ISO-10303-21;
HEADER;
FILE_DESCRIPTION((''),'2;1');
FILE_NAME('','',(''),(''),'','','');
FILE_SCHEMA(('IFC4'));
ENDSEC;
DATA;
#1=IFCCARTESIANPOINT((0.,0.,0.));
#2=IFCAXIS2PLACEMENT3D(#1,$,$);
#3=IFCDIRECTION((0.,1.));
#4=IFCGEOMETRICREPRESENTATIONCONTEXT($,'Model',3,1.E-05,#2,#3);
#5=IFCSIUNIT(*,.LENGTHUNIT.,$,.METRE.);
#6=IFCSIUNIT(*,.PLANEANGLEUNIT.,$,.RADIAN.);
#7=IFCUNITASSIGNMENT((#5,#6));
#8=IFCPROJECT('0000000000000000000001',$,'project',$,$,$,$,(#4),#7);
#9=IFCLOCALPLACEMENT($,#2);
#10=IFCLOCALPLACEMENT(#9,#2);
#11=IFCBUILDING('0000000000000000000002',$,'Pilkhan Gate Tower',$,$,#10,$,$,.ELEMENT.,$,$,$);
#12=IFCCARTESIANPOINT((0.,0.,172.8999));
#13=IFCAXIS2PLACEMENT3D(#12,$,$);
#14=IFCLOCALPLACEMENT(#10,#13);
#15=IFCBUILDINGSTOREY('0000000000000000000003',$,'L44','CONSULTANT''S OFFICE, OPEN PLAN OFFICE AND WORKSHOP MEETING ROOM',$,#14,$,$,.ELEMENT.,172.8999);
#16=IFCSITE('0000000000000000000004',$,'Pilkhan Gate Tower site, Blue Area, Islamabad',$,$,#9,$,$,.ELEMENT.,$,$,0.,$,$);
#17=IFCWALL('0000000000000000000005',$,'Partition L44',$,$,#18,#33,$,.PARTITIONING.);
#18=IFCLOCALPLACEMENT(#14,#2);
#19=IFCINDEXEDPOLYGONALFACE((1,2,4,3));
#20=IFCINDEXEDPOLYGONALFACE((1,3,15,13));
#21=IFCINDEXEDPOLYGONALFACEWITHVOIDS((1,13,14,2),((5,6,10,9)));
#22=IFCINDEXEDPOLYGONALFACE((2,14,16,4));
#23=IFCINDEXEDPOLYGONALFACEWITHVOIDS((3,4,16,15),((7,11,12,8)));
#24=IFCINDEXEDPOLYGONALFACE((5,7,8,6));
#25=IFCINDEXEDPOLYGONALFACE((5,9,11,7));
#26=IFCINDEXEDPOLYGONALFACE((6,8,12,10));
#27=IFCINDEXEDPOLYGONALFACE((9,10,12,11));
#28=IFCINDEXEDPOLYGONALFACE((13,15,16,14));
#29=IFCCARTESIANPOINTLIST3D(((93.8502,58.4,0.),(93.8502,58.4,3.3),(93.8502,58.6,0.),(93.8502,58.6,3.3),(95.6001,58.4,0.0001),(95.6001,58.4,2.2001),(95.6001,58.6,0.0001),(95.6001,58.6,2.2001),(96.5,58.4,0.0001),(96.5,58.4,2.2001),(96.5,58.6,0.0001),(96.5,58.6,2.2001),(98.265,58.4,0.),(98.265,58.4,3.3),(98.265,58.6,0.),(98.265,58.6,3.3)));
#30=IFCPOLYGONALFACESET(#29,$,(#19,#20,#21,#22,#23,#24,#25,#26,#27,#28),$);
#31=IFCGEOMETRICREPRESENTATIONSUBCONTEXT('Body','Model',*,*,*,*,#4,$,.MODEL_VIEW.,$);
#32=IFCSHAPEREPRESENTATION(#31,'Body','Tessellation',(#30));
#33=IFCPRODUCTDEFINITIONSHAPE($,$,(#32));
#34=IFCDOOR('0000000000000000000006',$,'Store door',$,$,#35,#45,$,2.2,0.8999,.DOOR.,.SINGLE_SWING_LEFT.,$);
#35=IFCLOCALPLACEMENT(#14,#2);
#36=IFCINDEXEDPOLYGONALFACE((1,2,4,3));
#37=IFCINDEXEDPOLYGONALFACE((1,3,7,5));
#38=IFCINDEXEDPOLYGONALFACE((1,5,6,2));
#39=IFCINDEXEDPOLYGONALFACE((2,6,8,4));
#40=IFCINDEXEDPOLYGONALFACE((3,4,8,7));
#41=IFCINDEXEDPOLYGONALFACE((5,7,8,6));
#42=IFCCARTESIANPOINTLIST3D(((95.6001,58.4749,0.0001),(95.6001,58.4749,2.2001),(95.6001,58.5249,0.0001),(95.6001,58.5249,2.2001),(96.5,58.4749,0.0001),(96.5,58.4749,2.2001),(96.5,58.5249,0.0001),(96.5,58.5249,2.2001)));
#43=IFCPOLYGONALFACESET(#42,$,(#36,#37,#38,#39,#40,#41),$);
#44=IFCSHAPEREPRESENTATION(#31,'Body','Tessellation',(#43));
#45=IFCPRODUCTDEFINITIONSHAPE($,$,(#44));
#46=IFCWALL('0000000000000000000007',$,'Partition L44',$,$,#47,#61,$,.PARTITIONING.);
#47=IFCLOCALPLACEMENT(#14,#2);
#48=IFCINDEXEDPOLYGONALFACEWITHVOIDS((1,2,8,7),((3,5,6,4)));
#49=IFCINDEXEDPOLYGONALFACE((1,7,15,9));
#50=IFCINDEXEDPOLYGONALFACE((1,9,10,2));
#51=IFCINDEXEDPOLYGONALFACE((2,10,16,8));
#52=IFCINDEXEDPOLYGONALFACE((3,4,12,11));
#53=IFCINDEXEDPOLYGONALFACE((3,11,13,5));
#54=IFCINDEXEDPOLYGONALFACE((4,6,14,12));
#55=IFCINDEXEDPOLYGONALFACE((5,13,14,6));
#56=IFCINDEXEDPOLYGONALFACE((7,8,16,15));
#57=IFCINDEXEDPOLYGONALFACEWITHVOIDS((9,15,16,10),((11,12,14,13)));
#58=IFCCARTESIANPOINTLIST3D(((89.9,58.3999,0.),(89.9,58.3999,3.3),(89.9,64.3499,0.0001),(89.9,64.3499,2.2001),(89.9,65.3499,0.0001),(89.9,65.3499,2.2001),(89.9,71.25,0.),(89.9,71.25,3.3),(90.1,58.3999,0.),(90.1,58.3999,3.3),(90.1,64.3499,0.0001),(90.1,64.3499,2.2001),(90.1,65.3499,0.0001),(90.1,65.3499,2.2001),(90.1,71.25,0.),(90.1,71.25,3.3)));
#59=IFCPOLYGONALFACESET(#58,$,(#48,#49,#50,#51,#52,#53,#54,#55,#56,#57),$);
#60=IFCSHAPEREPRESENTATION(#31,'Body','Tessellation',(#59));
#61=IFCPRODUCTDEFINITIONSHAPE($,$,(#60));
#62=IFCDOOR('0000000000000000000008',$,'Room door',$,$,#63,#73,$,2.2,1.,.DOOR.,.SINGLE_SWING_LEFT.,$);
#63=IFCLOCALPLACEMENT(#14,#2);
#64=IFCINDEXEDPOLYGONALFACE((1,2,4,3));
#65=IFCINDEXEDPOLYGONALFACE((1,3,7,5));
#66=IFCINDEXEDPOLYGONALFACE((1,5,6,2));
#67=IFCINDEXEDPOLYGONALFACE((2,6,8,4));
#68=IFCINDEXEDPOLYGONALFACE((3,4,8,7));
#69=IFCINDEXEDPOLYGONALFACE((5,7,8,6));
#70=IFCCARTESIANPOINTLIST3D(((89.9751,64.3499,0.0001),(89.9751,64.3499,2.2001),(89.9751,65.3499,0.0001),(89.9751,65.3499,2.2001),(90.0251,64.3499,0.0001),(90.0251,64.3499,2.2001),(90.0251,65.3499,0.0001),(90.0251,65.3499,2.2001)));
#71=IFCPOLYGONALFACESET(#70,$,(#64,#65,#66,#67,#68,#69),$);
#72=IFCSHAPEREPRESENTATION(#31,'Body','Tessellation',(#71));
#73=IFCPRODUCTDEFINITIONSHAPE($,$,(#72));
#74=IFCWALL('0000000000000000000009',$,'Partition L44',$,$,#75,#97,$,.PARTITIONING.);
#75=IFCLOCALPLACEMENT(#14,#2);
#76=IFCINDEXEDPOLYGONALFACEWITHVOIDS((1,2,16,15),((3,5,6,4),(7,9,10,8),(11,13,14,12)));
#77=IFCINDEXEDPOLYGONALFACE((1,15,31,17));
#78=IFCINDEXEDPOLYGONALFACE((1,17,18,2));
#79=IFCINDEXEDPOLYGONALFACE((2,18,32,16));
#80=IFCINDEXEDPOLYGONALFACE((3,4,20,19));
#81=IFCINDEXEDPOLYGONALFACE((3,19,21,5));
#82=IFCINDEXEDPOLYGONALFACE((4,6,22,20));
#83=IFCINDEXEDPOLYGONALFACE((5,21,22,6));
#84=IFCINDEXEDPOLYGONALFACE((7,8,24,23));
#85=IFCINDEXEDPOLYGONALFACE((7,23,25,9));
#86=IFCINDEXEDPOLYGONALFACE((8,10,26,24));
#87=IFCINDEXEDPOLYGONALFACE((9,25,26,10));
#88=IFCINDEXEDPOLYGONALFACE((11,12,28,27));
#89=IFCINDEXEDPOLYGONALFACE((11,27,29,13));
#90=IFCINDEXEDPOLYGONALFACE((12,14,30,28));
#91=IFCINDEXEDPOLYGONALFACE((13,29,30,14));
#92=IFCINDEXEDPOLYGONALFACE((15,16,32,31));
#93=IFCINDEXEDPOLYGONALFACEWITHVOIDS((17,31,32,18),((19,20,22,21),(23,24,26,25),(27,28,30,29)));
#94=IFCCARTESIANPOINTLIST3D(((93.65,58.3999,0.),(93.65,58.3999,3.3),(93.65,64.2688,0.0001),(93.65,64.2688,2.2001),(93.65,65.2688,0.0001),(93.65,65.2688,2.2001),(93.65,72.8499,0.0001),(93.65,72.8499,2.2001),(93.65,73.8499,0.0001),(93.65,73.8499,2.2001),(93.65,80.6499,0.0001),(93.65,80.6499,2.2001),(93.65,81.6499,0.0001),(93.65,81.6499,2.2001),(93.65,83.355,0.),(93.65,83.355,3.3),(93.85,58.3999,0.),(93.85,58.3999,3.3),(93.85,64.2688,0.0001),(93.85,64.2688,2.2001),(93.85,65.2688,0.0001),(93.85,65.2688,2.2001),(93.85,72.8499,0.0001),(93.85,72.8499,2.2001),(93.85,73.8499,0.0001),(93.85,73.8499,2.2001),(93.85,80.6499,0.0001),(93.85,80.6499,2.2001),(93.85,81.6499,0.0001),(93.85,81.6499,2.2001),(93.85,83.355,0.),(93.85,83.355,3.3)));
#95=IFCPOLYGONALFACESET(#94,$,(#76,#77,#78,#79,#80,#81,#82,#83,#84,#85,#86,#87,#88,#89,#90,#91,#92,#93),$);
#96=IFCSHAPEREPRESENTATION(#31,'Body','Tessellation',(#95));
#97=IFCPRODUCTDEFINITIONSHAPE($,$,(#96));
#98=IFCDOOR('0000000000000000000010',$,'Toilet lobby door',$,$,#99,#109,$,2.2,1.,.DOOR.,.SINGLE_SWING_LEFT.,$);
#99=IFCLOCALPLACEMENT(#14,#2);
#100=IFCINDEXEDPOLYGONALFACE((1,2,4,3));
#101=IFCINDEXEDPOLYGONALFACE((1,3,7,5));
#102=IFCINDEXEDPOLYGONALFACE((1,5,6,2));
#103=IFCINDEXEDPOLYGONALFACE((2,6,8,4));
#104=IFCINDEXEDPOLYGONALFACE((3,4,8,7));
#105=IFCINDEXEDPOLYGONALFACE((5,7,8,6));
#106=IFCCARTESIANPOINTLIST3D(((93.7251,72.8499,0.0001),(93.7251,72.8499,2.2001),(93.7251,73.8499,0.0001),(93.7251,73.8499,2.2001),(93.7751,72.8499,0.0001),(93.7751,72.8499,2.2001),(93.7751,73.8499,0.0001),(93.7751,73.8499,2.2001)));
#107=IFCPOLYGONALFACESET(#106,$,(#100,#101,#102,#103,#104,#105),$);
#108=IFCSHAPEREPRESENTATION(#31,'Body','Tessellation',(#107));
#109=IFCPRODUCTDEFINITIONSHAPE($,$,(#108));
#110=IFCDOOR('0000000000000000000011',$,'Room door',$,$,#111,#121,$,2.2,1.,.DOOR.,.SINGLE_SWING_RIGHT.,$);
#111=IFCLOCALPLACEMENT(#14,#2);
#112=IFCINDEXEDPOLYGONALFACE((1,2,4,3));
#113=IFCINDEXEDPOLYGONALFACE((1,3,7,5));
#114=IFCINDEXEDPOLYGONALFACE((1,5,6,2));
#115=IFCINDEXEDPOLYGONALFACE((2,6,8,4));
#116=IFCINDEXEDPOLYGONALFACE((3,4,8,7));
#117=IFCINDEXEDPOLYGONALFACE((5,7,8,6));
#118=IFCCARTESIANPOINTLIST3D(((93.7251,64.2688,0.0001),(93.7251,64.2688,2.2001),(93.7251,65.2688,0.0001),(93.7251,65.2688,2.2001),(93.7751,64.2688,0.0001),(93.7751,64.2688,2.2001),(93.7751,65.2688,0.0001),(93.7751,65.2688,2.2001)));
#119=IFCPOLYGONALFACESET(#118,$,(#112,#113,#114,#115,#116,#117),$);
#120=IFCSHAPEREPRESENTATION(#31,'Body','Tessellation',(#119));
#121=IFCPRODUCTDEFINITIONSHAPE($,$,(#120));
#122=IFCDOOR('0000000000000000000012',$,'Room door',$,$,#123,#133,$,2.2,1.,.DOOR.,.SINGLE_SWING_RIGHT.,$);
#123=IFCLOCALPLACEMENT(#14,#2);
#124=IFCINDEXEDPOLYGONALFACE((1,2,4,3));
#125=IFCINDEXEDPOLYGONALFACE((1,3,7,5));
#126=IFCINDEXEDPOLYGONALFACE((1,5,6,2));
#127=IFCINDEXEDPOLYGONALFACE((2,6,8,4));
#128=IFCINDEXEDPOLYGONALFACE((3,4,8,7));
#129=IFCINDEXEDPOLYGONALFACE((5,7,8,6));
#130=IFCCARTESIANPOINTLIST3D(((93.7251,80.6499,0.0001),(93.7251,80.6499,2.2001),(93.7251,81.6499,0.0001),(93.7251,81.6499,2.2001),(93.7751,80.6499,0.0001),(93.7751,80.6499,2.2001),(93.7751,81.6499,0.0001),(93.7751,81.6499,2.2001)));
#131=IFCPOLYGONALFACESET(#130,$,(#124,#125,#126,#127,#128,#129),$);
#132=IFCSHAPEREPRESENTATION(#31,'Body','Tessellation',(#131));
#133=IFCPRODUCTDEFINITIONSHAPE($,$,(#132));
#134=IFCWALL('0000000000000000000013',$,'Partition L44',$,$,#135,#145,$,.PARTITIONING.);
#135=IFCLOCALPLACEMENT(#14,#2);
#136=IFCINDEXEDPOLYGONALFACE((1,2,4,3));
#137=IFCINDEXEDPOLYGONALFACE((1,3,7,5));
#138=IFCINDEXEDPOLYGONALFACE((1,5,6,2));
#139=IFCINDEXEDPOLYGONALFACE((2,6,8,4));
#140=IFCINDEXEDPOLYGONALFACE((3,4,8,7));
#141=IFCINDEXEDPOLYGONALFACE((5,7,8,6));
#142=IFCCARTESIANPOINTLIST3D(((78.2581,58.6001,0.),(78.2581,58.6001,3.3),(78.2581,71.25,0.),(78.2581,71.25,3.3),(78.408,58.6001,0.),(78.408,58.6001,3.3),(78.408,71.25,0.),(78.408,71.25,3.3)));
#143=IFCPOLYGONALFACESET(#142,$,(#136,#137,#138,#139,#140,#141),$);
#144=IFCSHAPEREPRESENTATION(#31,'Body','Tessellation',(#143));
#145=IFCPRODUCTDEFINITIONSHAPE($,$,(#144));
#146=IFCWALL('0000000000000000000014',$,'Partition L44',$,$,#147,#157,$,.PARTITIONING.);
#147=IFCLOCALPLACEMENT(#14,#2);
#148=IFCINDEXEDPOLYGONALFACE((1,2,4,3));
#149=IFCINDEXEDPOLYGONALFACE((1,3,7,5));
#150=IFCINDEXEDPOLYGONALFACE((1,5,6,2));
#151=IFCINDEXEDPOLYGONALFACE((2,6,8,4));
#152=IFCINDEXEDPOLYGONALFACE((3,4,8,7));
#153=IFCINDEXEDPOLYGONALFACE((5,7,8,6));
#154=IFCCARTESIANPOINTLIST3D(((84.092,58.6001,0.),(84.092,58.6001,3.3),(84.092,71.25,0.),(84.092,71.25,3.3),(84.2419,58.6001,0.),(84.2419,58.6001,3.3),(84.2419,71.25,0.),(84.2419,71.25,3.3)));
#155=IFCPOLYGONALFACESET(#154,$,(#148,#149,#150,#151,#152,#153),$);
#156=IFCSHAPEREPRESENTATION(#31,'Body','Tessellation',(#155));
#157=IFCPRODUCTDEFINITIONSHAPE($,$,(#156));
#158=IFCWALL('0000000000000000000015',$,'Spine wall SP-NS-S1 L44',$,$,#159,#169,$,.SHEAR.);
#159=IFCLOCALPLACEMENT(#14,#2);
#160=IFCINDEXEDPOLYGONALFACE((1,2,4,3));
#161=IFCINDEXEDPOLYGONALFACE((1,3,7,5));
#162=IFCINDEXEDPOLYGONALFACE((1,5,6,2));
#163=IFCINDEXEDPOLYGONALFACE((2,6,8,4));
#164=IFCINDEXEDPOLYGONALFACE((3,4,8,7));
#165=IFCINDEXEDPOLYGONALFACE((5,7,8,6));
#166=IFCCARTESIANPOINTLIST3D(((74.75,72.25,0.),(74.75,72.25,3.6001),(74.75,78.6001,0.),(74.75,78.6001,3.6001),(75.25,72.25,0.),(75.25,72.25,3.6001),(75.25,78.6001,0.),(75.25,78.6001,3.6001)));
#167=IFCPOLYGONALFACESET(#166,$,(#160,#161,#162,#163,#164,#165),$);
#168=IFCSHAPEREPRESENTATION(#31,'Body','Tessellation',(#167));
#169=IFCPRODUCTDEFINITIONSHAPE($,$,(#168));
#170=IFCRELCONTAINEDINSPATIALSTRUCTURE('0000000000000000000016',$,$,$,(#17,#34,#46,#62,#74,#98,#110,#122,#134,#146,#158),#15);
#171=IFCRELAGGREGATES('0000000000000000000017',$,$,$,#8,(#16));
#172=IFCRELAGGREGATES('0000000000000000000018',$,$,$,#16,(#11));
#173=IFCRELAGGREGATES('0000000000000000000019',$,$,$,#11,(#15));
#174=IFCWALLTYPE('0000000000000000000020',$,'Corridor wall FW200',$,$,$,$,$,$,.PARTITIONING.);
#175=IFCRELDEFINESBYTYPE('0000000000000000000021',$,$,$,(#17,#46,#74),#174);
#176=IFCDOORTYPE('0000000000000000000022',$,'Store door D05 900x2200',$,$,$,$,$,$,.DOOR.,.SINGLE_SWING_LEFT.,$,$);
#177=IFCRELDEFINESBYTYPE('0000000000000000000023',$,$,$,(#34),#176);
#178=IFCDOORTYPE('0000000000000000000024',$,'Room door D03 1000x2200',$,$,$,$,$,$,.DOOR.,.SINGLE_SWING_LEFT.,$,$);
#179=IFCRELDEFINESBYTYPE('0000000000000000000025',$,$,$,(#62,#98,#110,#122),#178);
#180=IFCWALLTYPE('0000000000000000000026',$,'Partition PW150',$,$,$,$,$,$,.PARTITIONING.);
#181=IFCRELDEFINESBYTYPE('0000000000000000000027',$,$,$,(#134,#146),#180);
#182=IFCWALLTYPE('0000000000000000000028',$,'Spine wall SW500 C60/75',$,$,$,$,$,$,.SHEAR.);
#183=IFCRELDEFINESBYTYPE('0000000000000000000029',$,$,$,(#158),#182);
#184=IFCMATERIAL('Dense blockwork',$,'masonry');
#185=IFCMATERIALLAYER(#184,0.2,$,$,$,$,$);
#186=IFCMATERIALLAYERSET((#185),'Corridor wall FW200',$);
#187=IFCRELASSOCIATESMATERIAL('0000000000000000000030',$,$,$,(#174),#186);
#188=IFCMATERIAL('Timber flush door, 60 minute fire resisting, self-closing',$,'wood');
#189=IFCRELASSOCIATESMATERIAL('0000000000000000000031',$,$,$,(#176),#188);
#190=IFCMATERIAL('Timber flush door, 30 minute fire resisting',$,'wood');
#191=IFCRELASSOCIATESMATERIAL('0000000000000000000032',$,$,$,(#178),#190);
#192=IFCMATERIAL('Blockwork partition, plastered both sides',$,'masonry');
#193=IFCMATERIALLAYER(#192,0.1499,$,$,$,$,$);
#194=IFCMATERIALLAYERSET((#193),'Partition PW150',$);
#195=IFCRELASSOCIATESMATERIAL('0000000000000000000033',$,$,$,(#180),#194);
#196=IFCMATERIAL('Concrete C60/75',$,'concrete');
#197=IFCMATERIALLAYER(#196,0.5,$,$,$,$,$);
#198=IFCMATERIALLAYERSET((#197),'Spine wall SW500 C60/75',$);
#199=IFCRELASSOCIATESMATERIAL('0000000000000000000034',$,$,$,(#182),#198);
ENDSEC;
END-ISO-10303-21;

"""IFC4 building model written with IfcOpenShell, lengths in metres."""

from ifc_helpers import new_model, si_unit, direction, frame, frame_2d, origin, place, context, subcontext, project, spatial, rectangle, extrude, material, layer, layer_set, type_object, element, fill, save


model = new_model("IFC4")

# Units and contexts
model_context = context("Model", 3, precision=1e-05, world=origin(), true_north=direction((0.0, 1.0)))
body_context = subcontext(model_context, "Body", "Model", "MODEL_VIEW")
ifc_project = project(units=[si_unit("LENGTHUNIT", "METRE"), si_unit("PLANEANGLEUNIT", "RADIAN")], contexts=[model_context])

# Site, building, storey
site_placement = place(None, origin())
site = spatial("IfcSite", under=ifc_project, at=site_placement, Name="Pilkhan Gate Tower site, Blue Area, Islamabad", CompositionType="ELEMENT", RefElevation=0.0)
building_placement = place(site_placement, origin())
building = spatial("IfcBuilding", under=site, at=building_placement, Name="Pilkhan Gate Tower", CompositionType="ELEMENT")
storey_placement = place(building_placement, frame((0.0, 0.0, 172.8999)))
storey = spatial("IfcBuildingStorey", under=building, at=storey_placement, Name="L44", Description="CONSULTANT'S OFFICE, OPEN PLAN OFFICE AND WORKSHOP MEETING ROOM", CompositionType="ELEMENT", Elevation=172.8999)

# Shared definitions
ifc_material_1 = material(Name="Concrete C60/75", Category="concrete")

# Walls, openings, doors
ifc_material_2 = material(Name="Dense blockwork", Category="masonry")
ifc_layer_1 = layer(ifc_material_2, 0.2)
ifc_layer_set_1 = layer_set([ifc_layer_1], Name="Corridor wall FW200")
wall_type_1 = type_object("IfcWallType", Name="Corridor wall FW200", PredefinedType="PARTITIONING", material=ifc_layer_set_1)
wall_1_placement = place(storey_placement, frame((93.8501, 58.5, 0.0), z_axis=(0.0, 0.0, 1.0), x_axis=(1.0, 0.0, 0.0)))
wall_1 = element("IfcWall", 1, at=wall_1_placement, inside=storey, type_object=wall_type_1, Name="Partition L44", PredefinedType="PARTITIONING", context=body_context, shape_type="SweptSolid", body=[
    extrude(rectangle(XDim=4.4148, YDim=0.2, at=frame_2d((2.2075, 0.0))), origin(), (0.0, 0.0, 1.0), 3.3),
])
opening_1_placement = place(wall_1_placement, frame((1.75, 0.0, 0.0)))
opening_1 = element("IfcOpeningElement", 2, at=opening_1_placement, cuts=wall_1, PredefinedType="OPENING", context=body_context, shape_type="SweptSolid", body=[
    extrude(rectangle(XDim=0.8999, YDim=2.2, at=frame_2d((0.45, 1.1001))), frame((0.0, 0.1099, 0.0), z_axis=(0.0, -1.0, 0.0), x_axis=(1.0, 0.0, 0.0)), (0.0, 0.0, 1.0), 0.22),
])
ifc_material_3 = material(Name="Timber flush door, 60 minute fire resisting, self-closing", Category="wood")
door_type_1 = type_object("IfcDoorType", Name="Store door D05 900x2200", OperationType="SINGLE_SWING_LEFT", PredefinedType="DOOR", material=ifc_material_3)
door_1_placement = place(opening_1_placement, origin())
door_1 = element("IfcDoor", 3, at=door_1_placement, inside=storey, type_object=door_type_1, Name="Store door", OperationType="SINGLE_SWING_LEFT", OverallHeight=2.2, OverallWidth=0.8999, PredefinedType="DOOR", context=body_context, shape_type="SweptSolid", body=[
    extrude(rectangle(XDim=0.8999, YDim=2.2, at=frame_2d((0.45, 1.1001))), frame((0.0, 0.0249, 0.0), z_axis=(0.0, -1.0, 0.0), x_axis=(1.0, 0.0, 0.0)), (0.0, 0.0, 1.0), 0.05),
])
fill(opening_1, door_1)
wall_2_placement = place(storey_placement, frame((90.0, 58.3999, 0.0), z_axis=(0.0, 0.0, 1.0), x_axis=(0.0, 1.0, 0.0)))
wall_2 = element("IfcWall", 4, at=wall_2_placement, inside=storey, type_object=wall_type_1, Name="Partition L44", PredefinedType="PARTITIONING", context=body_context, shape_type="SweptSolid", body=[
    extrude(rectangle(XDim=12.8501, YDim=0.2, at=frame_2d((6.425, 0.0))), origin(), (0.0, 0.0, 1.0), 3.3),
])
opening_2_placement = place(wall_2_placement, frame((5.95, 0.0, 0.0)))
opening_2 = element("IfcOpeningElement", 5, at=opening_2_placement, cuts=wall_2, PredefinedType="OPENING", context=body_context, shape_type="SweptSolid", body=[
    extrude(rectangle(XDim=1.0, YDim=2.2, at=frame_2d((0.5, 1.1001))), frame((0.0, 0.1099, 0.0), z_axis=(0.0, -1.0, 0.0), x_axis=(1.0, 0.0, 0.0)), (0.0, 0.0, 1.0), 0.22),
])
ifc_material_4 = material(Name="Timber flush door, 30 minute fire resisting", Category="wood")
door_type_2 = type_object("IfcDoorType", Name="Room door D03 1000x2200", OperationType="SINGLE_SWING_LEFT", PredefinedType="DOOR", material=ifc_material_4)
door_2_placement = place(opening_2_placement, origin())
door_2 = element("IfcDoor", 6, at=door_2_placement, inside=storey, type_object=door_type_2, Name="Room door", OperationType="SINGLE_SWING_LEFT", OverallHeight=2.2, OverallWidth=1.0, PredefinedType="DOOR", context=body_context, shape_type="SweptSolid", body=[
    extrude(rectangle(XDim=1.0, YDim=2.2, at=frame_2d((0.5, 1.1001))), frame((0.0, 0.0249, 0.0), z_axis=(0.0, -1.0, 0.0), x_axis=(1.0, 0.0, 0.0)), (0.0, 0.0, 1.0), 0.05),
])
fill(opening_2, door_2)

# Wall, openings, doors
wall_3_placement = place(storey_placement, frame((93.75, 58.3999, 0.0), z_axis=(0.0, 0.0, 1.0), x_axis=(0.0, 1.0, 0.0)))
wall_3 = element("IfcWall", 7, at=wall_3_placement, inside=storey, type_object=wall_type_1, Name="Partition L44", PredefinedType="PARTITIONING", context=body_context, shape_type="SweptSolid", body=[
    extrude(rectangle(XDim=24.9551, YDim=0.2, at=frame_2d((12.4775, 0.0))), origin(), (0.0, 0.0, 1.0), 3.3),
])
opening_3_placement = place(wall_3_placement, frame((14.45, 0.0, 0.0)))
opening_3 = element("IfcOpeningElement", 8, at=opening_3_placement, cuts=wall_3, PredefinedType="OPENING", context=body_context, shape_type="SweptSolid", body=[
    extrude(rectangle(XDim=1.0, YDim=2.2, at=frame_2d((0.5, 1.1001))), frame((0.0, 0.1099, 0.0), z_axis=(0.0, -1.0, 0.0), x_axis=(1.0, 0.0, 0.0)), (0.0, 0.0, 1.0), 0.22),
])
opening_4_placement = place(wall_3_placement, frame((5.8689, 0.0, 0.0)))
opening_4 = element("IfcOpeningElement", 9, at=opening_4_placement, cuts=wall_3, PredefinedType="OPENING", context=body_context, shape_type="SweptSolid", body=[
    extrude(rectangle(XDim=1.0, YDim=2.2, at=frame_2d((0.5, 1.1001))), frame((0.0, 0.1099, 0.0), z_axis=(0.0, -1.0, 0.0), x_axis=(1.0, 0.0, 0.0)), (0.0, 0.0, 1.0), 0.22),
])
opening_5_placement = place(wall_3_placement, frame((22.25, 0.0, 0.0)))
opening_5 = element("IfcOpeningElement", 10, at=opening_5_placement, cuts=wall_3, PredefinedType="OPENING", context=body_context, shape_type="SweptSolid", body=[
    extrude(rectangle(XDim=1.0, YDim=2.2, at=frame_2d((0.5, 1.1001))), frame((0.0, 0.1099, 0.0), z_axis=(0.0, -1.0, 0.0), x_axis=(1.0, 0.0, 0.0)), (0.0, 0.0, 1.0), 0.22),
])
door_3_placement = place(opening_3_placement, origin())
door_3 = element("IfcDoor", 11, at=door_3_placement, inside=storey, type_object=door_type_2, Name="Toilet lobby door", OperationType="SINGLE_SWING_LEFT", OverallHeight=2.2, OverallWidth=1.0, PredefinedType="DOOR", context=body_context, shape_type="SweptSolid", body=[
    extrude(rectangle(XDim=1.0, YDim=2.2, at=frame_2d((0.5, 1.1001))), frame((0.0, 0.0249, 0.0), z_axis=(0.0, -1.0, 0.0), x_axis=(1.0, 0.0, 0.0)), (0.0, 0.0, 1.0), 0.05),
])
fill(opening_3, door_3)
door_4_placement = place(opening_4_placement, origin())
door_4 = element("IfcDoor", 12, at=door_4_placement, inside=storey, type_object=door_type_2, Name="Room door", OperationType="SINGLE_SWING_RIGHT", OverallHeight=2.2, OverallWidth=1.0, PredefinedType="DOOR", context=body_context, shape_type="SweptSolid", body=[
    extrude(rectangle(XDim=1.0, YDim=2.2, at=frame_2d((0.5, 1.1001))), frame((0.0, 0.0249, 0.0), z_axis=(0.0, -1.0, 0.0), x_axis=(1.0, 0.0, 0.0)), (0.0, 0.0, 1.0), 0.05),
])
fill(opening_4, door_4)
door_5_placement = place(opening_5_placement, origin())
door_5 = element("IfcDoor", 13, at=door_5_placement, inside=storey, type_object=door_type_2, Name="Room door", OperationType="SINGLE_SWING_RIGHT", OverallHeight=2.2, OverallWidth=1.0, PredefinedType="DOOR", context=body_context, shape_type="SweptSolid", body=[
    extrude(rectangle(XDim=1.0, YDim=2.2, at=frame_2d((0.5, 1.1001))), frame((0.0, 0.0249, 0.0), z_axis=(0.0, -1.0, 0.0), x_axis=(1.0, 0.0, 0.0)), (0.0, 0.0, 1.0), 0.05),
])
fill(opening_5, door_5)

# Walls
ifc_material_5 = material(Name="Blockwork partition, plastered both sides", Category="masonry")
ifc_layer_2 = layer(ifc_material_5, 0.1499)
ifc_layer_set_2 = layer_set([ifc_layer_2], Name="Partition PW150")
wall_type_2 = type_object("IfcWallType", Name="Partition PW150", PredefinedType="PARTITIONING", material=ifc_layer_set_2)
for number, where, z_axis, x_axis, name in (
    (14, (78.333, 58.6001, 0.0), (0.0, 0.0, 1.0), (0.0, 1.0, 0.0), "Partition L44"),
    (15, (84.167, 58.6001, 0.0), (0.0, 0.0, 1.0), (0.0, 1.0, 0.0), "Partition L44"),
):
    element("IfcWall", number, at=place(storey_placement, frame(where, z_axis=z_axis, x_axis=x_axis)), inside=storey, type_object=wall_type_2, Name=name, PredefinedType="PARTITIONING", context=body_context, shape_type="SweptSolid", body=[
        extrude(rectangle(XDim=12.6499, YDim=0.1499, at=frame_2d((6.325, 0.0))), origin(), (0.0, 0.0, 1.0), 3.3),
    ])
ifc_layer_3 = layer(ifc_material_1, 0.5)
ifc_layer_set_3 = layer_set([ifc_layer_3], Name="Spine wall SW500 C60/75")
wall_type_3 = type_object("IfcWallType", Name="Spine wall SW500 C60/75", PredefinedType="SHEAR", material=ifc_layer_set_3)
wall_4_placement = place(storey_placement, frame((75.0, 72.25, 0.0), z_axis=(0.0, 0.0, 1.0), x_axis=(0.0, 1.0, 0.0)))
element("IfcWall", 16, at=wall_4_placement, inside=storey, type_object=wall_type_3, Name="Spine wall SP-NS-S1 L44", PredefinedType="SHEAR", context=body_context, shape_type="SweptSolid", body=[
    extrude(rectangle(XDim=6.3501, YDim=0.5, at=frame_2d((3.175, 0.0))), origin(), (0.0, 0.0, 1.0), 3.6001),
])

save(model, "model.ifc")
